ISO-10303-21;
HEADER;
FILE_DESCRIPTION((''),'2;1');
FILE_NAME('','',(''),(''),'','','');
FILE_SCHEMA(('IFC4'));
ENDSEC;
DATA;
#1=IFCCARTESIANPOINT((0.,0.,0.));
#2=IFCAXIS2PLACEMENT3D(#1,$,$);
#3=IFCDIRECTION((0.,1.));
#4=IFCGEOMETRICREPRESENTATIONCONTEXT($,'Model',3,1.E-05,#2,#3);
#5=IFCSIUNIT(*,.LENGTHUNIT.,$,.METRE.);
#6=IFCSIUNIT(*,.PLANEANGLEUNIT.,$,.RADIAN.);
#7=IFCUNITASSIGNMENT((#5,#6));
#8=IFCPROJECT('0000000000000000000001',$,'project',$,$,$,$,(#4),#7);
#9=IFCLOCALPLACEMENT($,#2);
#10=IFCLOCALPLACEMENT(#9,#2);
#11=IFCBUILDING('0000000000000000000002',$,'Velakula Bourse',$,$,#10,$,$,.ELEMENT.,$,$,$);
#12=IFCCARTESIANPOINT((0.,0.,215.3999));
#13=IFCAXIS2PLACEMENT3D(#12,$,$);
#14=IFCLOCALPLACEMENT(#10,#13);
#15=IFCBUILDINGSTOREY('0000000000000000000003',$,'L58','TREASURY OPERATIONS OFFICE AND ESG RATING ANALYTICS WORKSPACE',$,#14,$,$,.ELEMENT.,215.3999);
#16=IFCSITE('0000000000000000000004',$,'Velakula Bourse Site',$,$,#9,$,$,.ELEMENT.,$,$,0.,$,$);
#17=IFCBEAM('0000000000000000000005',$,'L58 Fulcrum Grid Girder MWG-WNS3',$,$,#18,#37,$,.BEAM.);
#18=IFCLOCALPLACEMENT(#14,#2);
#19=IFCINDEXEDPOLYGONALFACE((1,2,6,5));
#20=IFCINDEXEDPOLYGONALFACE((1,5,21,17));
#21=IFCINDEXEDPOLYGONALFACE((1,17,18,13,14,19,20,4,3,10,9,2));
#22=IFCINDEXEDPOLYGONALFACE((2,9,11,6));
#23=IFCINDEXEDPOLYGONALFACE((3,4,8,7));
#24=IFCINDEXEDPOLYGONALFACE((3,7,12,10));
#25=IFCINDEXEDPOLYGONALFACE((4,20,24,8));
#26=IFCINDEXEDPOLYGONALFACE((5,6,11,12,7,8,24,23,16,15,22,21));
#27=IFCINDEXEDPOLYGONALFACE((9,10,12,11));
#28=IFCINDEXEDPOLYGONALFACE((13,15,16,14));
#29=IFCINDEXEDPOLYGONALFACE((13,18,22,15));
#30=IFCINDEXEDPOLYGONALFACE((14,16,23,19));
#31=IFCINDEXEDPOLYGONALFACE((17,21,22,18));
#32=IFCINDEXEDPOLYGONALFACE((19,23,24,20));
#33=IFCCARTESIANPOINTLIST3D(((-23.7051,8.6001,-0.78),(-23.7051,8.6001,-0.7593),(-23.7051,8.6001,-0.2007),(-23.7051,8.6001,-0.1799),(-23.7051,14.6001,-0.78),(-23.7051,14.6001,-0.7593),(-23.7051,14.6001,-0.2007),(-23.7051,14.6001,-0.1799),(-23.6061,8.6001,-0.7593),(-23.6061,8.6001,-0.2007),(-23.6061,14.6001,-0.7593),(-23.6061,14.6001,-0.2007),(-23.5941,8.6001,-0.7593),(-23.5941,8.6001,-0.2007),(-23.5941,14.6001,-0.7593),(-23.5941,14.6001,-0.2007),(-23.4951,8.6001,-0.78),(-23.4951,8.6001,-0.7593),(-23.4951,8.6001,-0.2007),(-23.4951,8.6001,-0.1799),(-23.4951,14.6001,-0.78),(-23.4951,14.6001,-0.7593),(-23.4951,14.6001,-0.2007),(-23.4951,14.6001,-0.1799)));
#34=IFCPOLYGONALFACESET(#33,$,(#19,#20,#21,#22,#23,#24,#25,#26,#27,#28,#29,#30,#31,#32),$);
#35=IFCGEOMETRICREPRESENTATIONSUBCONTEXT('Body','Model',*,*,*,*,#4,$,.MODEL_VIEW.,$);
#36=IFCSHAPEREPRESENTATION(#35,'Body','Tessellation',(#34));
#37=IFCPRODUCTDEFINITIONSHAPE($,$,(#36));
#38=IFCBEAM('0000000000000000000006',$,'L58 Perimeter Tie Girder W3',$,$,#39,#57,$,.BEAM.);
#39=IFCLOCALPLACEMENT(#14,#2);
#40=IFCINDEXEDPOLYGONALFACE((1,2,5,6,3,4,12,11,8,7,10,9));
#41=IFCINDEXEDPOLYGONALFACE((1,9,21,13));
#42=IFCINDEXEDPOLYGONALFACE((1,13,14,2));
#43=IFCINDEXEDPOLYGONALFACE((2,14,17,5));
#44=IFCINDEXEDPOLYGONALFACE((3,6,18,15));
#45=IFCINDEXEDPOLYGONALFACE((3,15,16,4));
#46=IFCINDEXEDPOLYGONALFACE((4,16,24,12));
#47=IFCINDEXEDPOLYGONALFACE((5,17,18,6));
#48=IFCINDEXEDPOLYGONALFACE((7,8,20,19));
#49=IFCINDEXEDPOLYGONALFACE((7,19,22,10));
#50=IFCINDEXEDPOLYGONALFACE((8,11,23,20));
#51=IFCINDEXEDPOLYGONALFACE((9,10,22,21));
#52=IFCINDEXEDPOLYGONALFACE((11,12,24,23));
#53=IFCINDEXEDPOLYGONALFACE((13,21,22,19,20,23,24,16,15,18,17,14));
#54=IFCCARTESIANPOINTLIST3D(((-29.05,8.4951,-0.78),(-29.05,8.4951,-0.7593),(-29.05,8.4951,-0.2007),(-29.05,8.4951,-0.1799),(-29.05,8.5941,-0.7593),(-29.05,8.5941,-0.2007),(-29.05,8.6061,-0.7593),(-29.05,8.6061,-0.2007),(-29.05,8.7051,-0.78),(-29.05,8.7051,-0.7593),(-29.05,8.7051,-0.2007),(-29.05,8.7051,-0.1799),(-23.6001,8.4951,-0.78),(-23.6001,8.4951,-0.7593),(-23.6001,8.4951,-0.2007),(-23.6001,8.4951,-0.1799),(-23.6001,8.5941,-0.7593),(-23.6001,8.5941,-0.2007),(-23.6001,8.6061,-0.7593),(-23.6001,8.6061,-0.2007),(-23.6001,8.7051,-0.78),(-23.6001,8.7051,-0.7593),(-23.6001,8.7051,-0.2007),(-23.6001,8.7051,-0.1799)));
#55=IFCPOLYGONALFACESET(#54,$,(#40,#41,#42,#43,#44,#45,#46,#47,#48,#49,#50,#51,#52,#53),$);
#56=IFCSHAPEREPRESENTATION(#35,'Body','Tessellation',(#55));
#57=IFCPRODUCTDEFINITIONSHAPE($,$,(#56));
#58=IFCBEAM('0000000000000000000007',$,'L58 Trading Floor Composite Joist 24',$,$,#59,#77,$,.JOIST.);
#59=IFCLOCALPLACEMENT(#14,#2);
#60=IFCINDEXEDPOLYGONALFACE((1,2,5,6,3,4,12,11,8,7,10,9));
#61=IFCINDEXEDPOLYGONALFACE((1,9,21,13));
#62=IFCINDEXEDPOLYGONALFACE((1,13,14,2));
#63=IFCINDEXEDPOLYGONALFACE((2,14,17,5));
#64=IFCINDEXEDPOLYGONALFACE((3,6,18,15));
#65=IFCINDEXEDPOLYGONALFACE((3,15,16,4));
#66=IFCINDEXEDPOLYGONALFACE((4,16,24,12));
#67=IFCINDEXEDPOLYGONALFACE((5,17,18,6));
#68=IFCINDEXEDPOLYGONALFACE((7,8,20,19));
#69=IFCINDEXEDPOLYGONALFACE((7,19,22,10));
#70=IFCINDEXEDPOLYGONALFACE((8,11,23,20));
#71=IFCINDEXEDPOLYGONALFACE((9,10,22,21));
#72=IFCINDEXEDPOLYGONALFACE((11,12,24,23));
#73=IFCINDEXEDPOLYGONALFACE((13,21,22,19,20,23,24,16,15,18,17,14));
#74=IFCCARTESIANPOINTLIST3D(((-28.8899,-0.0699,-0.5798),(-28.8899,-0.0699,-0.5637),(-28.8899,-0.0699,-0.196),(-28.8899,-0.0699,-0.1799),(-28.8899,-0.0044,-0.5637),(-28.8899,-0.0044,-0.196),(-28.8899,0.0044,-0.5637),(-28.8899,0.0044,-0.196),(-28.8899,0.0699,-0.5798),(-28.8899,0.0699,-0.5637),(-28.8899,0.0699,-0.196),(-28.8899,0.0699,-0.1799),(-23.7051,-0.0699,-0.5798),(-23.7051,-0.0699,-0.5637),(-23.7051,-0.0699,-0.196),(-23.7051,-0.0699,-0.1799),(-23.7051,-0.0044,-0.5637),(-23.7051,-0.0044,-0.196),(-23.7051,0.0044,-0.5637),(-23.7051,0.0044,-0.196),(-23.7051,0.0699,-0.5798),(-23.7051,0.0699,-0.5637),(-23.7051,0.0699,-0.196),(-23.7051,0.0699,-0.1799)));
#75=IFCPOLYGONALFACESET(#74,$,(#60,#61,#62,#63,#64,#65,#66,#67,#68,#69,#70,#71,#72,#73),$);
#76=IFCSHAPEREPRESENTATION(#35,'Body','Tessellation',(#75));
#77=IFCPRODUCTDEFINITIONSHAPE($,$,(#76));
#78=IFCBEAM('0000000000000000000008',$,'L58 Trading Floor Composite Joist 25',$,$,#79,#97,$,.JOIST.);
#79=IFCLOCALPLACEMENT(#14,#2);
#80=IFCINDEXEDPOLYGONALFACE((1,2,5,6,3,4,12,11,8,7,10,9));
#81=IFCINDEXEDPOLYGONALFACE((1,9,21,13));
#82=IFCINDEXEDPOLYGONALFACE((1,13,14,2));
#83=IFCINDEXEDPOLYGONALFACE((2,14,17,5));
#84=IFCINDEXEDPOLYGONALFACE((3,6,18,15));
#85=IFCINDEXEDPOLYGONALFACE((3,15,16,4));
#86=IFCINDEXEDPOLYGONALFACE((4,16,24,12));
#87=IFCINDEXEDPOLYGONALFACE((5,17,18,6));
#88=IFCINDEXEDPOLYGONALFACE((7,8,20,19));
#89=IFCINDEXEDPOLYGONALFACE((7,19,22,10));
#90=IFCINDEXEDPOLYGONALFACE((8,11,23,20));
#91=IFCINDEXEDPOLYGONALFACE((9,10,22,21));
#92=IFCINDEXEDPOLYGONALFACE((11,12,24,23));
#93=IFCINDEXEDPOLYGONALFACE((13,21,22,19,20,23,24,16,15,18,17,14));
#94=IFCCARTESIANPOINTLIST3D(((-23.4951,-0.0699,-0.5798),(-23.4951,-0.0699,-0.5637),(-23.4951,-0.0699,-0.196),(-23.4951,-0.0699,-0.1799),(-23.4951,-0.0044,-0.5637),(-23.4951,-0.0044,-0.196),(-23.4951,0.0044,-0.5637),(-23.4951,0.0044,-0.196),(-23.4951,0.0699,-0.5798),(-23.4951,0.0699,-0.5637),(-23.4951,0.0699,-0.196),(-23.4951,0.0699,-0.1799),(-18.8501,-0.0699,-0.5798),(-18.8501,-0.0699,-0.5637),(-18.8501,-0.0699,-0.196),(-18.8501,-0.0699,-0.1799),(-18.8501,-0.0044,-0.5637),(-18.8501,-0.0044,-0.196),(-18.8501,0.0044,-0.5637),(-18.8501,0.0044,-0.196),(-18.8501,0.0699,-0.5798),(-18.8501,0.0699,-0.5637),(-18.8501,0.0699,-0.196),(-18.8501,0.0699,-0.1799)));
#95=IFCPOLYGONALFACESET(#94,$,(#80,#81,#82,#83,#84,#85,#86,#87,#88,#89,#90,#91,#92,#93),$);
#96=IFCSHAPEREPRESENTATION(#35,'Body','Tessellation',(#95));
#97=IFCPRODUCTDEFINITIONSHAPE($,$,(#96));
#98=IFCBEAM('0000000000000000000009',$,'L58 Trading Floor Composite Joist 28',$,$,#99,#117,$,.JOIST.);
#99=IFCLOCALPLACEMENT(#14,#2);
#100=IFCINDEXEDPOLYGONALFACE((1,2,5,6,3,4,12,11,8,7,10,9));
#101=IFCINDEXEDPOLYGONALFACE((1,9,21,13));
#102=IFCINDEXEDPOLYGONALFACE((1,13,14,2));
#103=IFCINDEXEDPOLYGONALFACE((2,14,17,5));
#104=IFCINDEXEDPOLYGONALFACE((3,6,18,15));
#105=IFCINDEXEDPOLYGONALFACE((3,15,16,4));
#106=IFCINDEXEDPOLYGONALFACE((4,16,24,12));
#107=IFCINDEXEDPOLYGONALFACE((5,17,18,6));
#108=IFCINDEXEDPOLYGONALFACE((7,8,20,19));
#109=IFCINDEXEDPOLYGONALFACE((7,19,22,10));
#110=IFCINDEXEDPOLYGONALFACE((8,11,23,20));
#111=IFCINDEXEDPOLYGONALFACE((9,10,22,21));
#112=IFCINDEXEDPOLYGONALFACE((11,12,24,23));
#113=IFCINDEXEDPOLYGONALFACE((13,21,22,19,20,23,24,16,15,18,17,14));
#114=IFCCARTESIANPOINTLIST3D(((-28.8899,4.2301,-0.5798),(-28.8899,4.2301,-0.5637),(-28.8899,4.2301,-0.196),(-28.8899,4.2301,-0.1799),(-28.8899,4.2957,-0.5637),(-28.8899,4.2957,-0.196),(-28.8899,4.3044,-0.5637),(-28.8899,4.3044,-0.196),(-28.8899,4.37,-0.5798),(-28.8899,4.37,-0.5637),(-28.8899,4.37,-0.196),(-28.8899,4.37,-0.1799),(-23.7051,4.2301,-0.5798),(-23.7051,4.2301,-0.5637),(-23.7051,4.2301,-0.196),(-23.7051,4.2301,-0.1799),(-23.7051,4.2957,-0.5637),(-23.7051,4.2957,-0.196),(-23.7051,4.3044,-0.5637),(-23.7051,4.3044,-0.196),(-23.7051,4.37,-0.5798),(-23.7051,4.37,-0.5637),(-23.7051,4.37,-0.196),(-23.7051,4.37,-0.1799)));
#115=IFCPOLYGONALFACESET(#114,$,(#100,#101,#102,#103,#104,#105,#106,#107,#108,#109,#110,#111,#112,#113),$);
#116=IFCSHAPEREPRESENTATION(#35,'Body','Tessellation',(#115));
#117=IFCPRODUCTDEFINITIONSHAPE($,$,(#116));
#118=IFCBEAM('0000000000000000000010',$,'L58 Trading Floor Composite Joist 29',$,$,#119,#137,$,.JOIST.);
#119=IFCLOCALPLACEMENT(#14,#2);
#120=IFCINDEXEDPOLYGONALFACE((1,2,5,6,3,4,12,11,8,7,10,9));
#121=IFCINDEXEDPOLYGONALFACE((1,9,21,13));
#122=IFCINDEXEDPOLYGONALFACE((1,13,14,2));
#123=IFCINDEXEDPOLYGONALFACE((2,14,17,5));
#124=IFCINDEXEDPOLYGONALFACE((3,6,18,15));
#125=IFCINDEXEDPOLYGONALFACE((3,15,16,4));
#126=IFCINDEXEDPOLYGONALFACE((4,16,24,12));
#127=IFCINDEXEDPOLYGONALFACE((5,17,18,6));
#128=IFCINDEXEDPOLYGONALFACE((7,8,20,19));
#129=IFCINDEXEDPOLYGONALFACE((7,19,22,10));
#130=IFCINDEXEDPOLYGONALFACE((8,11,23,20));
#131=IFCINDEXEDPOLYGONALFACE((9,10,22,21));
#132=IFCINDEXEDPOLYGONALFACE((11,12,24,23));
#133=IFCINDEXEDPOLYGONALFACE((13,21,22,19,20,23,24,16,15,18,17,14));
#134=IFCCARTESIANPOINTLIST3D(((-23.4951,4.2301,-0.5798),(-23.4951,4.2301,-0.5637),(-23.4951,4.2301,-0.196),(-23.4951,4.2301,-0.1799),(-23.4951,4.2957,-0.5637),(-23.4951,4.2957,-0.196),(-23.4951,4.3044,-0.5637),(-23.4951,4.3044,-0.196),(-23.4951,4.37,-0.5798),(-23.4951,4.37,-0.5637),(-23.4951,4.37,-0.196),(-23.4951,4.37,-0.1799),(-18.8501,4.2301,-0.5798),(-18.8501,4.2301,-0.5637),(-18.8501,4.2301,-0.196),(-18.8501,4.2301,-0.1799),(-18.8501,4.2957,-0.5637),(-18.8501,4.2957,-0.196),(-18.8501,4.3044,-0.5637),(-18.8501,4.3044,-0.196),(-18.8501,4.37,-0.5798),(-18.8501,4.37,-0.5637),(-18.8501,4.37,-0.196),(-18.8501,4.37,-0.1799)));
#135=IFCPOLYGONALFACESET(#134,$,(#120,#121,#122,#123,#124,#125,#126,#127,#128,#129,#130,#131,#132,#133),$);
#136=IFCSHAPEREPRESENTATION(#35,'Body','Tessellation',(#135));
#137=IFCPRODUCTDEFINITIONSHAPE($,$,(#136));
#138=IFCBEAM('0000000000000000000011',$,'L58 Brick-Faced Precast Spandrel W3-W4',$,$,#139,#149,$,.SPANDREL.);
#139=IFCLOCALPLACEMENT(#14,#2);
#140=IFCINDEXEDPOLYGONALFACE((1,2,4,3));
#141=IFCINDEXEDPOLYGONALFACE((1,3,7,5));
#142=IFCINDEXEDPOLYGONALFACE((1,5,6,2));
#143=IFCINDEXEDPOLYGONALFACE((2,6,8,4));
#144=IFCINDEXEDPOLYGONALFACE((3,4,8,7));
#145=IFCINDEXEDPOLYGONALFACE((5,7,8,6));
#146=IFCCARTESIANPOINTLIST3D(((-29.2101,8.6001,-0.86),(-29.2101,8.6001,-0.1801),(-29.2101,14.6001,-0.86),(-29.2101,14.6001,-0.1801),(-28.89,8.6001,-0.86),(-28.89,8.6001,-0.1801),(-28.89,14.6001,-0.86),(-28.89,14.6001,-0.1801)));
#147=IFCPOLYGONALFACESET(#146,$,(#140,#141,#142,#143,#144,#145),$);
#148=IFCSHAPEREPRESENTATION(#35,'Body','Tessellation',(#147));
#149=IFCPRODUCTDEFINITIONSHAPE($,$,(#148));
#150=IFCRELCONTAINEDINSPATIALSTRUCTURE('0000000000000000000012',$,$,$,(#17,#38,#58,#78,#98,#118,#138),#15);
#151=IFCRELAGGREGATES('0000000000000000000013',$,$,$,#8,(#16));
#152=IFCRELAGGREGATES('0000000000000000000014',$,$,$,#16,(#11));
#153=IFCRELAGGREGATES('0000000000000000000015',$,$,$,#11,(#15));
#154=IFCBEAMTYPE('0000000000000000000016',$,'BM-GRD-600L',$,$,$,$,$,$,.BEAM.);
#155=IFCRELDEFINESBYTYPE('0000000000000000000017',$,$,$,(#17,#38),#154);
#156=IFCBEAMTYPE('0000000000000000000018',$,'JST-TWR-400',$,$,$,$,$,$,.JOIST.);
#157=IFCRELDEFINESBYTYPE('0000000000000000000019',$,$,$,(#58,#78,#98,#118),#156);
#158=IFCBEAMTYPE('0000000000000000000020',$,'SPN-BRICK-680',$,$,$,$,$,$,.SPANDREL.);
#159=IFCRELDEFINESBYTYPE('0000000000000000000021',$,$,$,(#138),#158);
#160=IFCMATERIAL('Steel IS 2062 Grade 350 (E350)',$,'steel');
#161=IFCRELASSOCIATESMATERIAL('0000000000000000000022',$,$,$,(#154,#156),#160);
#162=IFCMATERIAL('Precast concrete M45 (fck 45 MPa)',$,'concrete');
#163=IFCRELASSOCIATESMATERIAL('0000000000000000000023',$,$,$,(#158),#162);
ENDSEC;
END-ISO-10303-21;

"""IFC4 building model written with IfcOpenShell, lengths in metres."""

from ifc_helpers import new_model, si_unit, direction, frame, origin, origin_2d, place, context, subcontext, project, spatial, rectangle, i_section, extrude, material, material_profile, profile_set, type_object, element, save


model = new_model("IFC4")

# Units and contexts
model_context = context("Model", 3, precision=1e-05, world=origin(), true_north=direction((0.0, 1.0)))
body_context = subcontext(model_context, "Body", "Model", "MODEL_VIEW")
ifc_project = project(units=[si_unit("LENGTHUNIT", "METRE"), si_unit("PLANEANGLEUNIT", "RADIAN")], contexts=[model_context])

# Site, building, storey
site_placement = place(None, origin())
site = spatial("IfcSite", under=ifc_project, at=site_placement, Name="Velakula Bourse Site", CompositionType="ELEMENT", RefElevation=0.0)
building_placement = place(site_placement, origin())
building = spatial("IfcBuilding", under=site, at=building_placement, Name="Velakula Bourse", CompositionType="ELEMENT")
storey_placement = place(building_placement, frame((0.0, 0.0, 215.3999)))
storey = spatial("IfcBuildingStorey", under=building, at=storey_placement, Name="L58", Description="TREASURY OPERATIONS OFFICE AND ESG RATING ANALYTICS WORKSPACE", CompositionType="ELEMENT", Elevation=215.3999)

# Shared definitions
ifc_material_1 = material(Name="Steel IS 2062 Grade 350 (E350)", Category="steel")

# Beams
ifc_material_profile_1 = material_profile(ifc_material_1, i_section(OverallWidth=0.21, OverallDepth=0.6001, WebThickness=0.012, FlangeThickness=0.0208, at=origin_2d()), Name="Steel IS 2062 Grade 350 (E350)")
ifc_profile_set_1 = profile_set([ifc_material_profile_1], Name="Steel IS 2062 Grade 350 (E350)")
beam_type_1 = type_object("IfcBeamType", Name="BM-GRD-600L", PredefinedType="BEAM", material=ifc_profile_set_1)
beam_1_placement = place(storey_placement, frame((-23.6001, 8.6001, -0.48), z_axis=(0.0, 1.0, 0.0), x_axis=(-1.0, 0.0, 0.0)))
element("IfcBeam", 1, at=beam_1_placement, inside=storey, type_object=beam_type_1, Name="L58 Fulcrum Grid Girder MWG-WNS3", PredefinedType="BEAM", context=body_context, shape_type="SweptSolid", body=[
    extrude(i_section(OverallWidth=0.21, OverallDepth=0.6001, WebThickness=0.012, FlangeThickness=0.0208, at=origin_2d()), origin(), (0.0, 0.0, 1.0), 6.0),
])
beam_2_placement = place(storey_placement, frame((-23.6001, 8.6001, -0.48), z_axis=(-1.0, 0.0, 0.0), x_axis=(0.0, -1.0, 0.0)))
element("IfcBeam", 2, at=beam_2_placement, inside=storey, type_object=beam_type_1, Name="L58 Perimeter Tie Girder W3", PredefinedType="BEAM", context=body_context, shape_type="SweptSolid", body=[
    extrude(i_section(OverallWidth=0.21, OverallDepth=0.6001, WebThickness=0.012, FlangeThickness=0.0208, at=origin_2d()), origin(), (0.0, 0.0, 1.0), 5.45),
])
ifc_material_profile_2 = material_profile(ifc_material_1, i_section(OverallWidth=0.1399, OverallDepth=0.3999, WebThickness=0.0088, FlangeThickness=0.0161, at=origin_2d()), Name="Steel IS 2062 Grade 350 (E350)")
ifc_profile_set_2 = profile_set([ifc_material_profile_2], Name="Steel IS 2062 Grade 350 (E350)")
beam_type_2 = type_object("IfcBeamType", Name="JST-TWR-400", PredefinedType="JOIST", material=ifc_profile_set_2)
beam_3_placement = place(storey_placement, frame((-28.8899, 0.0, -0.3799), z_axis=(1.0, 0.0, 0.0), x_axis=(0.0, 1.0, 0.0)))
element("IfcBeam", 3, at=beam_3_placement, inside=storey, type_object=beam_type_2, Name="L58 Trading Floor Composite Joist 24", PredefinedType="JOIST", context=body_context, shape_type="SweptSolid", body=[
    extrude(i_section(OverallWidth=0.1399, OverallDepth=0.3999, WebThickness=0.0088, FlangeThickness=0.0161, at=origin_2d()), origin(), (0.0, 0.0, 1.0), 5.1848),
])
beam_4_placement = place(storey_placement, frame((-23.4951, 0.0, -0.3799), z_axis=(1.0, 0.0, 0.0), x_axis=(0.0, 1.0, 0.0)))
element("IfcBeam", 4, at=beam_4_placement, inside=storey, type_object=beam_type_2, Name="L58 Trading Floor Composite Joist 25", PredefinedType="JOIST", context=body_context, shape_type="SweptSolid", body=[
    extrude(i_section(OverallWidth=0.1399, OverallDepth=0.3999, WebThickness=0.0088, FlangeThickness=0.0161, at=origin_2d()), origin(), (0.0, 0.0, 1.0), 4.645),
])
beam_5_placement = place(storey_placement, frame((-28.8899, 4.3, -0.3799), z_axis=(1.0, 0.0, 0.0), x_axis=(0.0, 1.0, 0.0)))
element("IfcBeam", 5, at=beam_5_placement, inside=storey, type_object=beam_type_2, Name="L58 Trading Floor Composite Joist 28", PredefinedType="JOIST", context=body_context, shape_type="SweptSolid", body=[
    extrude(i_section(OverallWidth=0.1399, OverallDepth=0.3999, WebThickness=0.0088, FlangeThickness=0.0161, at=origin_2d()), origin(), (0.0, 0.0, 1.0), 5.1848),
])
beam_6_placement = place(storey_placement, frame((-23.4951, 4.3, -0.3799), z_axis=(1.0, 0.0, 0.0), x_axis=(0.0, 1.0, 0.0)))
element("IfcBeam", 6, at=beam_6_placement, inside=storey, type_object=beam_type_2, Name="L58 Trading Floor Composite Joist 29", PredefinedType="JOIST", context=body_context, shape_type="SweptSolid", body=[
    extrude(i_section(OverallWidth=0.1399, OverallDepth=0.3999, WebThickness=0.0088, FlangeThickness=0.0161, at=origin_2d()), origin(), (0.0, 0.0, 1.0), 4.645),
])
ifc_material_2 = material(Name="Precast concrete M45 (fck 45 MPa)", Category="concrete")
ifc_material_profile_3 = material_profile(ifc_material_2, rectangle(XDim=0.3201, YDim=0.6799, at=origin_2d()), Name="Precast concrete M45 (fck 45 MPa)")
ifc_profile_set_3 = profile_set([ifc_material_profile_3], Name="Precast concrete M45 (fck 45 MPa)")
beam_type_3 = type_object("IfcBeamType", Name="SPN-BRICK-680", PredefinedType="SPANDREL", material=ifc_profile_set_3)
beam_7_placement = place(storey_placement, frame((-29.05, 8.6001, -0.52), z_axis=(0.0, 1.0, 0.0), x_axis=(-1.0, 0.0, 0.0)))
element("IfcBeam", 7, at=beam_7_placement, inside=storey, type_object=beam_type_3, Name="L58 Brick-Faced Precast Spandrel W3-W4", PredefinedType="SPANDREL", context=body_context, shape_type="SweptSolid", body=[
    extrude(rectangle(XDim=0.3201, YDim=0.6799, at=origin_2d()), origin(), (0.0, 0.0, 1.0), 6.0),
])

save(model, "model.ifc")
